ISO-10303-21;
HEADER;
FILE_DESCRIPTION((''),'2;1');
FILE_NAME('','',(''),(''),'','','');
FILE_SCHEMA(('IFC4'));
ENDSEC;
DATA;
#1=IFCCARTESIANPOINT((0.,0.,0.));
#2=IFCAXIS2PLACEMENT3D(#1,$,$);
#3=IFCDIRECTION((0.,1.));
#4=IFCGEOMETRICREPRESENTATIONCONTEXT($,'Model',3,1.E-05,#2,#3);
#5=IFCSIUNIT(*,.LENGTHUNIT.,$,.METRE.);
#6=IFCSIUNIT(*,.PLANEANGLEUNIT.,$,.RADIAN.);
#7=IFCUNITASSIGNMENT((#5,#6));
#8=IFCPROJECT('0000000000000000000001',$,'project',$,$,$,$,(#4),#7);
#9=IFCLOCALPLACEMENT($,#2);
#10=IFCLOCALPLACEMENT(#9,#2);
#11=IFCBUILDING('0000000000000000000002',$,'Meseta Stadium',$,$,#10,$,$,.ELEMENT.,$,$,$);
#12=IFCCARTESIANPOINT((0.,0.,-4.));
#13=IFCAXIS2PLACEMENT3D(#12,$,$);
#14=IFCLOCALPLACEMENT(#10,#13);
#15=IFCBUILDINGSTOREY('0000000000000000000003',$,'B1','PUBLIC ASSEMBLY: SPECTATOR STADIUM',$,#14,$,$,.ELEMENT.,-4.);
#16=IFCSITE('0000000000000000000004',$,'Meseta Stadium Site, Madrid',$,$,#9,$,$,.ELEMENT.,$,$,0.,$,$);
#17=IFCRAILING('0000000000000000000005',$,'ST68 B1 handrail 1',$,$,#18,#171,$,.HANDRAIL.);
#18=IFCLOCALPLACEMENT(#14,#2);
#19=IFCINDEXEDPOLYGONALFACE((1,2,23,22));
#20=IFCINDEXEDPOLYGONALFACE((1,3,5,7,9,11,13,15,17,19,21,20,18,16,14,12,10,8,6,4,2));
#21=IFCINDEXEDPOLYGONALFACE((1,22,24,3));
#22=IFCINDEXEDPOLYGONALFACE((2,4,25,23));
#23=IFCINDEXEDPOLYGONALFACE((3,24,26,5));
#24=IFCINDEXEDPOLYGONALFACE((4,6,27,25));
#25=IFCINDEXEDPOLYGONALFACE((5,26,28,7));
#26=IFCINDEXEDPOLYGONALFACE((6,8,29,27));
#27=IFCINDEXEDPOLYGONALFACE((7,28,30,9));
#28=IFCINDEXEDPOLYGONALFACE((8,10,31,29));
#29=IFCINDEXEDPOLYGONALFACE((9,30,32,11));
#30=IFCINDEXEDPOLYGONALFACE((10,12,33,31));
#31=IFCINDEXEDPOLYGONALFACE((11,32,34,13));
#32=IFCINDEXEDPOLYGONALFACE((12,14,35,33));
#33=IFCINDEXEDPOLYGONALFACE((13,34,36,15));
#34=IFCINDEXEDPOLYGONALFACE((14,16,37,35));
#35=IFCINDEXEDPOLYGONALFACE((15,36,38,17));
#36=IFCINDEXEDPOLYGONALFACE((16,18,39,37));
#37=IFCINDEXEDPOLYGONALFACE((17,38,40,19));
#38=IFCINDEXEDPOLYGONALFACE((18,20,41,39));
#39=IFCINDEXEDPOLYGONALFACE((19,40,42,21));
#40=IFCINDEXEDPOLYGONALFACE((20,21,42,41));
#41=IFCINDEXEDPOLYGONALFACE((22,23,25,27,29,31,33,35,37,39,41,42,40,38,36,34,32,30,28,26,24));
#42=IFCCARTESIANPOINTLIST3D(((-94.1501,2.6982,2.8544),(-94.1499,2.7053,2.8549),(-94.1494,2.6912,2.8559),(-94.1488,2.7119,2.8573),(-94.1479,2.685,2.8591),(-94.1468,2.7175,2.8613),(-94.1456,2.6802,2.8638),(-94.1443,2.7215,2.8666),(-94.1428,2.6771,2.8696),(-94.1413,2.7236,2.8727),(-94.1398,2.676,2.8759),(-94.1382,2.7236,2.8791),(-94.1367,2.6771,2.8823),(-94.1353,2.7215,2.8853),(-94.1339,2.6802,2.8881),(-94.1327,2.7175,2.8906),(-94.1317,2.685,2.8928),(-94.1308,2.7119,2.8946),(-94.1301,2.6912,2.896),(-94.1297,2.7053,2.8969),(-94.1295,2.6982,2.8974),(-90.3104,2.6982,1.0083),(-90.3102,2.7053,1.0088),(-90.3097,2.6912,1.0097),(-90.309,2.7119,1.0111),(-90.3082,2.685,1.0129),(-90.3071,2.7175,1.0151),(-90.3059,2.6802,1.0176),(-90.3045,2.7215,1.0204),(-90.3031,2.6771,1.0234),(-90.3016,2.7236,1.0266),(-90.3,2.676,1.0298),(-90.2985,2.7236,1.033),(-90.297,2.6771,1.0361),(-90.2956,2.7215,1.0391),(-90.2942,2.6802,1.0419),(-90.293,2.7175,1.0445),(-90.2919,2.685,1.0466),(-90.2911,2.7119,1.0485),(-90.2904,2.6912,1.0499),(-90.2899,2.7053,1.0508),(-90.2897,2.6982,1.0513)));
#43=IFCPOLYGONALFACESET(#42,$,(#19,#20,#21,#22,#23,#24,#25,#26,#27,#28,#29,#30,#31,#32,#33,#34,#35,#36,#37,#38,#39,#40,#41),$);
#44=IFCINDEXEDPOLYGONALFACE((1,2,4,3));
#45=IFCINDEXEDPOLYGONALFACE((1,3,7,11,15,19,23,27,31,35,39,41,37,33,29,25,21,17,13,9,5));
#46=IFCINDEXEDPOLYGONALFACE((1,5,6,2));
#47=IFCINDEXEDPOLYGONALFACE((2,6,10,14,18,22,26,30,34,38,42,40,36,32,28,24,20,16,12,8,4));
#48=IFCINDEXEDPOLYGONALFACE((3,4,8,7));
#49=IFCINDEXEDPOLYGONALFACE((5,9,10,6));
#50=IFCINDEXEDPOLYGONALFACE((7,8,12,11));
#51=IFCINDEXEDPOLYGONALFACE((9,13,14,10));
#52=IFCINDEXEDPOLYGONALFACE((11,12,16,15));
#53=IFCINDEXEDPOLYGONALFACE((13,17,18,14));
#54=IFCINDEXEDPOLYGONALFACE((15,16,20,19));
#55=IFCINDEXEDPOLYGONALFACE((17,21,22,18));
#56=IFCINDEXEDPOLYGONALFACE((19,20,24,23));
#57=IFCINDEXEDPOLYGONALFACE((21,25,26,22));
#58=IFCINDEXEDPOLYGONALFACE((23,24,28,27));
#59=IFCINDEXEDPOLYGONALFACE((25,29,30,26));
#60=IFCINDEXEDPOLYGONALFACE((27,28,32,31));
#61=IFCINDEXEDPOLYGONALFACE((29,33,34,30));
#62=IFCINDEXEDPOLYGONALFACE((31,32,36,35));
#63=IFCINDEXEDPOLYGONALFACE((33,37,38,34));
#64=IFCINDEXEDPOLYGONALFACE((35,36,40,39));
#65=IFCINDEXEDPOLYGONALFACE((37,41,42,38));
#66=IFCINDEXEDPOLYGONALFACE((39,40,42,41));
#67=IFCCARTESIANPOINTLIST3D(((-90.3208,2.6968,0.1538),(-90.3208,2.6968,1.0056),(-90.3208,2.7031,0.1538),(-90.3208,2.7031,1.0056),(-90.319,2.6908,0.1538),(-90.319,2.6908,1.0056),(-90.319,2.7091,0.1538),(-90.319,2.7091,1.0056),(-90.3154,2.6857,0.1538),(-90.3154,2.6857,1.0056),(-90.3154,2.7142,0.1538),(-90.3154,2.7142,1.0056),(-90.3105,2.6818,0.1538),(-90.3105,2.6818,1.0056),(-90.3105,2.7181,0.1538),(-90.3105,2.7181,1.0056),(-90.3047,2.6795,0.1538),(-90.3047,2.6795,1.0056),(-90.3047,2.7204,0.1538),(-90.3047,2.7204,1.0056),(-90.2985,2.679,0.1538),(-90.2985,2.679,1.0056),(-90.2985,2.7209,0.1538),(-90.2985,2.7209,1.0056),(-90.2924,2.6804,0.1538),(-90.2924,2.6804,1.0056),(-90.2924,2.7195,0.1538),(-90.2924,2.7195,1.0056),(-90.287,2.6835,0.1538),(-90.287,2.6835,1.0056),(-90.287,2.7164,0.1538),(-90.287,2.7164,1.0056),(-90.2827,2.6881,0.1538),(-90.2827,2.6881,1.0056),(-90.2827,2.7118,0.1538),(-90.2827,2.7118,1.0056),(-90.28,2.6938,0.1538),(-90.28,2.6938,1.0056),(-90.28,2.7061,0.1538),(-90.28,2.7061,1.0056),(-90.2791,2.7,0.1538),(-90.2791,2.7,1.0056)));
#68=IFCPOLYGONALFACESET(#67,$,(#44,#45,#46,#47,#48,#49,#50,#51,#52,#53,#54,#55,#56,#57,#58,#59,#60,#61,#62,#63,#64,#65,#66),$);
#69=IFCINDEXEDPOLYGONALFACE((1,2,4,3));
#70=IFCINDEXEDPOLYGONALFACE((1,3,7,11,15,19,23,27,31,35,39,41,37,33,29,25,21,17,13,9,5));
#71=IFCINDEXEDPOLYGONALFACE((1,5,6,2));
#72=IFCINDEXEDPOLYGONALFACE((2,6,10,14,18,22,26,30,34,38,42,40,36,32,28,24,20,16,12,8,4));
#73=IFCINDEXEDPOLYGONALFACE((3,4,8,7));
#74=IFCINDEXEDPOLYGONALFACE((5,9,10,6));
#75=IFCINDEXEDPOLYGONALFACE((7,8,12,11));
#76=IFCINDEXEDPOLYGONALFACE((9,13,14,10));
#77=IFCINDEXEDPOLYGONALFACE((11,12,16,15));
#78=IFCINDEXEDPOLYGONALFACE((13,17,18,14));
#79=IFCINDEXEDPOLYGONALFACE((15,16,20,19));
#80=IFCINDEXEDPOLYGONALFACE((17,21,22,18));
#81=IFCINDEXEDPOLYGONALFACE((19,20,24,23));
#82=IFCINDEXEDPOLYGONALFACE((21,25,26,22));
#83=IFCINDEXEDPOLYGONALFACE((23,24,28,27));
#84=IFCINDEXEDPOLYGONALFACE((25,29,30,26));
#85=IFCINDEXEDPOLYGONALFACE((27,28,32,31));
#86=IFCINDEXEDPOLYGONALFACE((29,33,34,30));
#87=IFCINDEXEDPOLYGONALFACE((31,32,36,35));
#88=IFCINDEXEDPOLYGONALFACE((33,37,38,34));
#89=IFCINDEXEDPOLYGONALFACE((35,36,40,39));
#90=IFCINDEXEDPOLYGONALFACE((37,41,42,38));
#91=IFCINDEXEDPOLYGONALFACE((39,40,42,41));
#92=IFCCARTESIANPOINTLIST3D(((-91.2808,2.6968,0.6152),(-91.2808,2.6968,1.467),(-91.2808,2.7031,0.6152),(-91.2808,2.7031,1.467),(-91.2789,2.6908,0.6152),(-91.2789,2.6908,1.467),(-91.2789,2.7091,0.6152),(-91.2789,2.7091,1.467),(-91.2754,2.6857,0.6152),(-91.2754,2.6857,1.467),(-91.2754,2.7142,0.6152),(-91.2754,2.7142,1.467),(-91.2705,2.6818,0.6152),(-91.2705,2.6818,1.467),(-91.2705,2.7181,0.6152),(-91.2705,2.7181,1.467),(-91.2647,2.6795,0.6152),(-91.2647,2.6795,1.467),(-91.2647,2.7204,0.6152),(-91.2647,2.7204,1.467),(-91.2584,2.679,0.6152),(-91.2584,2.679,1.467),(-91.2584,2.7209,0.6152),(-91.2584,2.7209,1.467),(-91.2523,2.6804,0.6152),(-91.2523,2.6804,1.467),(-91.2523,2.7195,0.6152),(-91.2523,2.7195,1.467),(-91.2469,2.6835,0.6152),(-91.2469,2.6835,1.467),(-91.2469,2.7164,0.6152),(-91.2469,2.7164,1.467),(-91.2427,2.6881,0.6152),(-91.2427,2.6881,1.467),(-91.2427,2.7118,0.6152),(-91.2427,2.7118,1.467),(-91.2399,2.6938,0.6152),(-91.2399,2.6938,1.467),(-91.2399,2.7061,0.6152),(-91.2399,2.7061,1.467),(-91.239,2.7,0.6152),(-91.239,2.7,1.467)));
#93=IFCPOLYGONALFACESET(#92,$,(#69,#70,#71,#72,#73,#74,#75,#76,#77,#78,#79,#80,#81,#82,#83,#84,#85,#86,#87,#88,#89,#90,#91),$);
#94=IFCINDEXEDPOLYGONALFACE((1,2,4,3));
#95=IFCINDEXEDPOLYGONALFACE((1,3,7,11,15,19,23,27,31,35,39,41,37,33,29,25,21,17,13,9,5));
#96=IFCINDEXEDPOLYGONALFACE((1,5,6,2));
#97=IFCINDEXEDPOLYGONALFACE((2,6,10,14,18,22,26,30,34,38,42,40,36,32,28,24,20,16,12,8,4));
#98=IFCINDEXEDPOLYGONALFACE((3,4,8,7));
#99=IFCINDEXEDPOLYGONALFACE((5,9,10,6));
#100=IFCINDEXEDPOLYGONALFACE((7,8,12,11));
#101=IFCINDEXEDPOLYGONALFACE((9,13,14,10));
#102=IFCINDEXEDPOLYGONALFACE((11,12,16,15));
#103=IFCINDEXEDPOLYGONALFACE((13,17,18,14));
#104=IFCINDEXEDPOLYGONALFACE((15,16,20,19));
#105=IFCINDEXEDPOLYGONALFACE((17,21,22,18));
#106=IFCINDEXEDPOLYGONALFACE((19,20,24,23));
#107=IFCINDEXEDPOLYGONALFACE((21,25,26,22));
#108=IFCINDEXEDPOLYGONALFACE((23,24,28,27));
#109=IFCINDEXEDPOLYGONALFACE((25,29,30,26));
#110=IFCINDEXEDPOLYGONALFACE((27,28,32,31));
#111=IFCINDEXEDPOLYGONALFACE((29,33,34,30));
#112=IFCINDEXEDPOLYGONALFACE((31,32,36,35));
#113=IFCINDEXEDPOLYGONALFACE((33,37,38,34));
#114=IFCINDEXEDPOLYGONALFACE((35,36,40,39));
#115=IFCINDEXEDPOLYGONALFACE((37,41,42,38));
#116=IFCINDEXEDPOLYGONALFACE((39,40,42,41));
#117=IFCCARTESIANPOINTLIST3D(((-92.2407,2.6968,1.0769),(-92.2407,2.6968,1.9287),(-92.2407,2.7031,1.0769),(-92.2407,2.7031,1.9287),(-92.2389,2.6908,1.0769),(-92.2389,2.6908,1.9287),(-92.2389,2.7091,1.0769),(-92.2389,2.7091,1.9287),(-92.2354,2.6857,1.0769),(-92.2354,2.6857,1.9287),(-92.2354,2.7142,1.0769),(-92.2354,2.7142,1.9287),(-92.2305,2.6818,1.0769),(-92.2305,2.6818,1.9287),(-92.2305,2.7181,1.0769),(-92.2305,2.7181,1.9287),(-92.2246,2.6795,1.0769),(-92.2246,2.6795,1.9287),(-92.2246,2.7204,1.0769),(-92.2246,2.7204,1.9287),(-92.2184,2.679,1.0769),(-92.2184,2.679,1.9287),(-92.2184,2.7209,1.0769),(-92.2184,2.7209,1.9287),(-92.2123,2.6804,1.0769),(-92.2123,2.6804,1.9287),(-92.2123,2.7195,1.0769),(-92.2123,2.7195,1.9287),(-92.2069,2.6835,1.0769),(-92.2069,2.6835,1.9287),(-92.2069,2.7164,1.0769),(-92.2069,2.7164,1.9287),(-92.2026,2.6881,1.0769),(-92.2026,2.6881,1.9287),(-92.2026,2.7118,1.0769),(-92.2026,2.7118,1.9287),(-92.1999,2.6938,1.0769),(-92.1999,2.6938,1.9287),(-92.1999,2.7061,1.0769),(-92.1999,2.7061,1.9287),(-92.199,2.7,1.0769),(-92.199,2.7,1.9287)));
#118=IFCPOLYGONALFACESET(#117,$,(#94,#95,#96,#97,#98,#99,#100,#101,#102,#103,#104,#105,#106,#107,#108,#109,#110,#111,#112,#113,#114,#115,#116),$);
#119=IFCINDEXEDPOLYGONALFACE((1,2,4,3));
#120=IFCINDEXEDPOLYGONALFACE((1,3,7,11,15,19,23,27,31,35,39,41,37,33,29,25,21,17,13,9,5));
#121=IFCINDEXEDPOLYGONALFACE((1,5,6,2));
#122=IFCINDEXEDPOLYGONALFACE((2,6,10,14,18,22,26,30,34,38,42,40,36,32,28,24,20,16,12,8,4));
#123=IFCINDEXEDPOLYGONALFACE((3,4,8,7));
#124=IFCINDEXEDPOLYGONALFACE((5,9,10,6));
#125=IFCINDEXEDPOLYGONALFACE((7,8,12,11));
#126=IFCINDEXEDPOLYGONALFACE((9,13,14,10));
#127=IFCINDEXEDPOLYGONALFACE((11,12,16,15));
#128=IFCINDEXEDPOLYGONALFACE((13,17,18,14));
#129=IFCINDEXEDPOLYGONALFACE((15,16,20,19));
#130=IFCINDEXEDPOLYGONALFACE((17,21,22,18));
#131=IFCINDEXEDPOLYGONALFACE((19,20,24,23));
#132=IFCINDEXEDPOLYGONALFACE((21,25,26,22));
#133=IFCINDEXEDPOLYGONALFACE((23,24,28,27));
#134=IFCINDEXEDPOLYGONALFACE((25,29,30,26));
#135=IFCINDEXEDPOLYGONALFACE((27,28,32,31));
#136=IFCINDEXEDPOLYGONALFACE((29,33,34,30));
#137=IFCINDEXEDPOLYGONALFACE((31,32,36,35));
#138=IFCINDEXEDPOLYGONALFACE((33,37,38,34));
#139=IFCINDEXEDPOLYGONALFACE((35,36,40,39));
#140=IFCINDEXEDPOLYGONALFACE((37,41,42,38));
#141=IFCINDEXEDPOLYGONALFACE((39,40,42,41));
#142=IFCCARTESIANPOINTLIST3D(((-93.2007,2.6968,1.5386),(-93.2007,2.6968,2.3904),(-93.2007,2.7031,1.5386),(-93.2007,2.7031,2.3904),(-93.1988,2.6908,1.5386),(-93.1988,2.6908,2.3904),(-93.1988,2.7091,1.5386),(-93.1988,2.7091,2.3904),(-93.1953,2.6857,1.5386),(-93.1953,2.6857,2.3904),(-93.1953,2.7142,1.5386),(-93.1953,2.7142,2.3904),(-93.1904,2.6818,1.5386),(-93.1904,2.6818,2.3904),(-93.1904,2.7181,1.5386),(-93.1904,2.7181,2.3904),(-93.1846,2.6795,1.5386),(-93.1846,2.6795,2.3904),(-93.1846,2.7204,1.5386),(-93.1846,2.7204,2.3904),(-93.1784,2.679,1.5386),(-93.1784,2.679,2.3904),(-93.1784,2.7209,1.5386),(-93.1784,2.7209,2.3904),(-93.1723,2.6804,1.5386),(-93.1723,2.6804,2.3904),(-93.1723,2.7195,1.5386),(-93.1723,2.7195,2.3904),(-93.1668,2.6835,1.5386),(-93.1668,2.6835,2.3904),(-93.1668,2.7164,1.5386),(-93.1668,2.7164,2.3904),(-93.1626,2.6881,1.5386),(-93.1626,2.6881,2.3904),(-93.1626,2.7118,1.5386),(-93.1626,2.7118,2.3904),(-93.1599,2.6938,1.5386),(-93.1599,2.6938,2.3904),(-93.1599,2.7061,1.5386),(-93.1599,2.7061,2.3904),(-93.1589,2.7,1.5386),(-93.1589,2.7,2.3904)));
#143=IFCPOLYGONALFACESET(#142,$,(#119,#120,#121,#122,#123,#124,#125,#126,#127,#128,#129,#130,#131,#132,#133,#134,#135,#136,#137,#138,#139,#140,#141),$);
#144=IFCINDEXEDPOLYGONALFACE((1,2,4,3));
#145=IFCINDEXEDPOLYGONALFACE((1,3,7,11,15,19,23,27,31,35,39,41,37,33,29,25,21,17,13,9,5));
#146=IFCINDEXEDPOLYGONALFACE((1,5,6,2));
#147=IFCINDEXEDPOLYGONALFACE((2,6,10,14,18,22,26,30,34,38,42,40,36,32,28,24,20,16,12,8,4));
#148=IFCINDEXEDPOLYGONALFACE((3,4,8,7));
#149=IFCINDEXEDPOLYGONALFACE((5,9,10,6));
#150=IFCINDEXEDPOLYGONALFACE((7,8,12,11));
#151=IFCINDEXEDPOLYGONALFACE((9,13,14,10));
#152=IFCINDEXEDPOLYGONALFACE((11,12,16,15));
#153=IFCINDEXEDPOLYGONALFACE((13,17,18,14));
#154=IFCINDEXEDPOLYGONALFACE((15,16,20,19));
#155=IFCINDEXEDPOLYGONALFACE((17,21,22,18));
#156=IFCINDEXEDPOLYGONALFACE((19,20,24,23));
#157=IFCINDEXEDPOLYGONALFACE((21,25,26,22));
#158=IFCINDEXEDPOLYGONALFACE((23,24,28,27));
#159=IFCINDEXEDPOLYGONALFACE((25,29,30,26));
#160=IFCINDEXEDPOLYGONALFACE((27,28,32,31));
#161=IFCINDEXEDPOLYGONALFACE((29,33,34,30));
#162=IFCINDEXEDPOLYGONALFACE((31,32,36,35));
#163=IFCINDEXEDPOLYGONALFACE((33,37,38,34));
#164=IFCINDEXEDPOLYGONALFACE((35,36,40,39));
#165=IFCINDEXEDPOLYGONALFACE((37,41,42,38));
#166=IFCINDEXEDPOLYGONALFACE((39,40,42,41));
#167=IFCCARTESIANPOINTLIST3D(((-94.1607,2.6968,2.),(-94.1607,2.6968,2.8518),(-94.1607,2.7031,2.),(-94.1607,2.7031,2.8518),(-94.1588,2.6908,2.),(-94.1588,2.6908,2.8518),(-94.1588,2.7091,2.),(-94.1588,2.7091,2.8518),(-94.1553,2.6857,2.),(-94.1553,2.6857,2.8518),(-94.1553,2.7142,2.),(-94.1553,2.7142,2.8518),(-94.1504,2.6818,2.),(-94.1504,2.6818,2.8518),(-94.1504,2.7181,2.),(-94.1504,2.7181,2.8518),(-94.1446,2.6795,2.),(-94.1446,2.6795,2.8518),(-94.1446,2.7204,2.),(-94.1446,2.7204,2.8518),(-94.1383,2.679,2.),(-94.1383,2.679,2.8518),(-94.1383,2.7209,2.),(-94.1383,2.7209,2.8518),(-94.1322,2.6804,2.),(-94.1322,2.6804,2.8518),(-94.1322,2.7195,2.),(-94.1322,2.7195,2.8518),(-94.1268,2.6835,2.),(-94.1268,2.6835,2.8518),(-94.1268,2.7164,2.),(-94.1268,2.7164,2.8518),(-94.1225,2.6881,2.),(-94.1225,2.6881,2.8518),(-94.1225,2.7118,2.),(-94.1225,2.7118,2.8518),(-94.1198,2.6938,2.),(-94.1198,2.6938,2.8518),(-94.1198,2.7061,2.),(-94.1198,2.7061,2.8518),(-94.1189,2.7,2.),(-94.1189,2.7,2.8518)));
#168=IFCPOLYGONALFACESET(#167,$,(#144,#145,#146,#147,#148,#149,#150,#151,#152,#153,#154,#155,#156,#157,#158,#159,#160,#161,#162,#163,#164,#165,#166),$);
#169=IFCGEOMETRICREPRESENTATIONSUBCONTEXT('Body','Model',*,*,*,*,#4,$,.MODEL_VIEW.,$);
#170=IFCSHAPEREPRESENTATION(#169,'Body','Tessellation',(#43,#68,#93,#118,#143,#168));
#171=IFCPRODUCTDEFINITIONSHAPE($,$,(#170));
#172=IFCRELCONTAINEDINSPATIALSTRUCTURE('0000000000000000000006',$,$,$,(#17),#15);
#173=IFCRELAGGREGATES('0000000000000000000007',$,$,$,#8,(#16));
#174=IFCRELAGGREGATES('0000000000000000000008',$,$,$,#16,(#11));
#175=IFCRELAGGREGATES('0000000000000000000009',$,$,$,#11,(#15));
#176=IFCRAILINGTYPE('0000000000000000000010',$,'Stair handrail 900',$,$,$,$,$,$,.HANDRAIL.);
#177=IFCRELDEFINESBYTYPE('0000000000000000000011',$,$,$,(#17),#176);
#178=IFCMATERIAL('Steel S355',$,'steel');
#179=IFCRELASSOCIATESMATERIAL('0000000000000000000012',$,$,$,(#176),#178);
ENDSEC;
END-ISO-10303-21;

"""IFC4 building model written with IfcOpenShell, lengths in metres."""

from ifc_helpers import new_model, si_unit, direction, frame, origin, origin_2d, place, context, subcontext, project, spatial, circle, extrude, material, type_object, element, save


model = new_model("IFC4")

# Units and contexts
model_context = context("Model", 3, precision=1e-05, world=origin(), true_north=direction((0.0, 1.0)))
body_context = subcontext(model_context, "Body", "Model", "MODEL_VIEW")
ifc_project = project(units=[si_unit("LENGTHUNIT", "METRE"), si_unit("PLANEANGLEUNIT", "RADIAN")], contexts=[model_context])

# Site, building, storey
site_placement = place(None, origin())
site = spatial("IfcSite", under=ifc_project, at=site_placement, Name="Meseta Stadium Site, Madrid", CompositionType="ELEMENT", RefElevation=0.0)
building_placement = place(site_placement, origin())
building = spatial("IfcBuilding", under=site, at=building_placement, Name="Meseta Stadium", CompositionType="ELEMENT")
storey_placement = place(building_placement, frame((0.0, 0.0, -4.0)))
storey = spatial("IfcBuildingStorey", under=building, at=storey_placement, Name="B1", Description="PUBLIC ASSEMBLY: SPECTATOR STADIUM", CompositionType="ELEMENT", Elevation=-4.0)

# Railing
ifc_material_1 = material(Name="Steel S355", Category="steel")
railing_type_1 = type_object("IfcRailingType", Name="Stair handrail 900", PredefinedType="HANDRAIL", material=ifc_material_1)
for number, where, name in (
    (1, (-90.3, 2.7, 0.1538), "ST68 B1 handrail 1"),
):
    element("IfcRailing", number, at=place(storey_placement, frame(where)), inside=storey, type_object=railing_type_1, Name=name, PredefinedType="HANDRAIL", context=body_context, shape_type="SweptSolid", body=[
        extrude(circle(Radius=0.0239, at=origin_2d()), frame((0.0, 0.0, 0.876), z_axis=(-0.901242, 0.0, 0.433316), x_axis=(0.0, -1.0, 0.0)), (0.0, 0.0, 1.0), 4.2605),
        extrude(circle(Radius=0.021, at=origin_2d()), origin(), (0.0, 0.0, 1.0), 0.8518),
        extrude(circle(Radius=0.021, at=origin_2d()), frame((-0.96, 0.0, 0.4614)), (0.0, 0.0, 1.0), 0.8518),
        extrude(circle(Radius=0.021, at=origin_2d()), frame((-1.9199, 0.0, 0.9231)), (0.0, 0.0, 1.0), 0.8518),
        extrude(circle(Radius=0.021, at=origin_2d()), frame((-2.8799, 0.0, 1.3848)), (0.0, 0.0, 1.0), 0.8518),
        extrude(circle(Radius=0.021, at=origin_2d()), frame((-3.8398, 0.0, 1.8462)), (0.0, 0.0, 1.0), 0.8518),
    ])

save(model, "model.ifc")
